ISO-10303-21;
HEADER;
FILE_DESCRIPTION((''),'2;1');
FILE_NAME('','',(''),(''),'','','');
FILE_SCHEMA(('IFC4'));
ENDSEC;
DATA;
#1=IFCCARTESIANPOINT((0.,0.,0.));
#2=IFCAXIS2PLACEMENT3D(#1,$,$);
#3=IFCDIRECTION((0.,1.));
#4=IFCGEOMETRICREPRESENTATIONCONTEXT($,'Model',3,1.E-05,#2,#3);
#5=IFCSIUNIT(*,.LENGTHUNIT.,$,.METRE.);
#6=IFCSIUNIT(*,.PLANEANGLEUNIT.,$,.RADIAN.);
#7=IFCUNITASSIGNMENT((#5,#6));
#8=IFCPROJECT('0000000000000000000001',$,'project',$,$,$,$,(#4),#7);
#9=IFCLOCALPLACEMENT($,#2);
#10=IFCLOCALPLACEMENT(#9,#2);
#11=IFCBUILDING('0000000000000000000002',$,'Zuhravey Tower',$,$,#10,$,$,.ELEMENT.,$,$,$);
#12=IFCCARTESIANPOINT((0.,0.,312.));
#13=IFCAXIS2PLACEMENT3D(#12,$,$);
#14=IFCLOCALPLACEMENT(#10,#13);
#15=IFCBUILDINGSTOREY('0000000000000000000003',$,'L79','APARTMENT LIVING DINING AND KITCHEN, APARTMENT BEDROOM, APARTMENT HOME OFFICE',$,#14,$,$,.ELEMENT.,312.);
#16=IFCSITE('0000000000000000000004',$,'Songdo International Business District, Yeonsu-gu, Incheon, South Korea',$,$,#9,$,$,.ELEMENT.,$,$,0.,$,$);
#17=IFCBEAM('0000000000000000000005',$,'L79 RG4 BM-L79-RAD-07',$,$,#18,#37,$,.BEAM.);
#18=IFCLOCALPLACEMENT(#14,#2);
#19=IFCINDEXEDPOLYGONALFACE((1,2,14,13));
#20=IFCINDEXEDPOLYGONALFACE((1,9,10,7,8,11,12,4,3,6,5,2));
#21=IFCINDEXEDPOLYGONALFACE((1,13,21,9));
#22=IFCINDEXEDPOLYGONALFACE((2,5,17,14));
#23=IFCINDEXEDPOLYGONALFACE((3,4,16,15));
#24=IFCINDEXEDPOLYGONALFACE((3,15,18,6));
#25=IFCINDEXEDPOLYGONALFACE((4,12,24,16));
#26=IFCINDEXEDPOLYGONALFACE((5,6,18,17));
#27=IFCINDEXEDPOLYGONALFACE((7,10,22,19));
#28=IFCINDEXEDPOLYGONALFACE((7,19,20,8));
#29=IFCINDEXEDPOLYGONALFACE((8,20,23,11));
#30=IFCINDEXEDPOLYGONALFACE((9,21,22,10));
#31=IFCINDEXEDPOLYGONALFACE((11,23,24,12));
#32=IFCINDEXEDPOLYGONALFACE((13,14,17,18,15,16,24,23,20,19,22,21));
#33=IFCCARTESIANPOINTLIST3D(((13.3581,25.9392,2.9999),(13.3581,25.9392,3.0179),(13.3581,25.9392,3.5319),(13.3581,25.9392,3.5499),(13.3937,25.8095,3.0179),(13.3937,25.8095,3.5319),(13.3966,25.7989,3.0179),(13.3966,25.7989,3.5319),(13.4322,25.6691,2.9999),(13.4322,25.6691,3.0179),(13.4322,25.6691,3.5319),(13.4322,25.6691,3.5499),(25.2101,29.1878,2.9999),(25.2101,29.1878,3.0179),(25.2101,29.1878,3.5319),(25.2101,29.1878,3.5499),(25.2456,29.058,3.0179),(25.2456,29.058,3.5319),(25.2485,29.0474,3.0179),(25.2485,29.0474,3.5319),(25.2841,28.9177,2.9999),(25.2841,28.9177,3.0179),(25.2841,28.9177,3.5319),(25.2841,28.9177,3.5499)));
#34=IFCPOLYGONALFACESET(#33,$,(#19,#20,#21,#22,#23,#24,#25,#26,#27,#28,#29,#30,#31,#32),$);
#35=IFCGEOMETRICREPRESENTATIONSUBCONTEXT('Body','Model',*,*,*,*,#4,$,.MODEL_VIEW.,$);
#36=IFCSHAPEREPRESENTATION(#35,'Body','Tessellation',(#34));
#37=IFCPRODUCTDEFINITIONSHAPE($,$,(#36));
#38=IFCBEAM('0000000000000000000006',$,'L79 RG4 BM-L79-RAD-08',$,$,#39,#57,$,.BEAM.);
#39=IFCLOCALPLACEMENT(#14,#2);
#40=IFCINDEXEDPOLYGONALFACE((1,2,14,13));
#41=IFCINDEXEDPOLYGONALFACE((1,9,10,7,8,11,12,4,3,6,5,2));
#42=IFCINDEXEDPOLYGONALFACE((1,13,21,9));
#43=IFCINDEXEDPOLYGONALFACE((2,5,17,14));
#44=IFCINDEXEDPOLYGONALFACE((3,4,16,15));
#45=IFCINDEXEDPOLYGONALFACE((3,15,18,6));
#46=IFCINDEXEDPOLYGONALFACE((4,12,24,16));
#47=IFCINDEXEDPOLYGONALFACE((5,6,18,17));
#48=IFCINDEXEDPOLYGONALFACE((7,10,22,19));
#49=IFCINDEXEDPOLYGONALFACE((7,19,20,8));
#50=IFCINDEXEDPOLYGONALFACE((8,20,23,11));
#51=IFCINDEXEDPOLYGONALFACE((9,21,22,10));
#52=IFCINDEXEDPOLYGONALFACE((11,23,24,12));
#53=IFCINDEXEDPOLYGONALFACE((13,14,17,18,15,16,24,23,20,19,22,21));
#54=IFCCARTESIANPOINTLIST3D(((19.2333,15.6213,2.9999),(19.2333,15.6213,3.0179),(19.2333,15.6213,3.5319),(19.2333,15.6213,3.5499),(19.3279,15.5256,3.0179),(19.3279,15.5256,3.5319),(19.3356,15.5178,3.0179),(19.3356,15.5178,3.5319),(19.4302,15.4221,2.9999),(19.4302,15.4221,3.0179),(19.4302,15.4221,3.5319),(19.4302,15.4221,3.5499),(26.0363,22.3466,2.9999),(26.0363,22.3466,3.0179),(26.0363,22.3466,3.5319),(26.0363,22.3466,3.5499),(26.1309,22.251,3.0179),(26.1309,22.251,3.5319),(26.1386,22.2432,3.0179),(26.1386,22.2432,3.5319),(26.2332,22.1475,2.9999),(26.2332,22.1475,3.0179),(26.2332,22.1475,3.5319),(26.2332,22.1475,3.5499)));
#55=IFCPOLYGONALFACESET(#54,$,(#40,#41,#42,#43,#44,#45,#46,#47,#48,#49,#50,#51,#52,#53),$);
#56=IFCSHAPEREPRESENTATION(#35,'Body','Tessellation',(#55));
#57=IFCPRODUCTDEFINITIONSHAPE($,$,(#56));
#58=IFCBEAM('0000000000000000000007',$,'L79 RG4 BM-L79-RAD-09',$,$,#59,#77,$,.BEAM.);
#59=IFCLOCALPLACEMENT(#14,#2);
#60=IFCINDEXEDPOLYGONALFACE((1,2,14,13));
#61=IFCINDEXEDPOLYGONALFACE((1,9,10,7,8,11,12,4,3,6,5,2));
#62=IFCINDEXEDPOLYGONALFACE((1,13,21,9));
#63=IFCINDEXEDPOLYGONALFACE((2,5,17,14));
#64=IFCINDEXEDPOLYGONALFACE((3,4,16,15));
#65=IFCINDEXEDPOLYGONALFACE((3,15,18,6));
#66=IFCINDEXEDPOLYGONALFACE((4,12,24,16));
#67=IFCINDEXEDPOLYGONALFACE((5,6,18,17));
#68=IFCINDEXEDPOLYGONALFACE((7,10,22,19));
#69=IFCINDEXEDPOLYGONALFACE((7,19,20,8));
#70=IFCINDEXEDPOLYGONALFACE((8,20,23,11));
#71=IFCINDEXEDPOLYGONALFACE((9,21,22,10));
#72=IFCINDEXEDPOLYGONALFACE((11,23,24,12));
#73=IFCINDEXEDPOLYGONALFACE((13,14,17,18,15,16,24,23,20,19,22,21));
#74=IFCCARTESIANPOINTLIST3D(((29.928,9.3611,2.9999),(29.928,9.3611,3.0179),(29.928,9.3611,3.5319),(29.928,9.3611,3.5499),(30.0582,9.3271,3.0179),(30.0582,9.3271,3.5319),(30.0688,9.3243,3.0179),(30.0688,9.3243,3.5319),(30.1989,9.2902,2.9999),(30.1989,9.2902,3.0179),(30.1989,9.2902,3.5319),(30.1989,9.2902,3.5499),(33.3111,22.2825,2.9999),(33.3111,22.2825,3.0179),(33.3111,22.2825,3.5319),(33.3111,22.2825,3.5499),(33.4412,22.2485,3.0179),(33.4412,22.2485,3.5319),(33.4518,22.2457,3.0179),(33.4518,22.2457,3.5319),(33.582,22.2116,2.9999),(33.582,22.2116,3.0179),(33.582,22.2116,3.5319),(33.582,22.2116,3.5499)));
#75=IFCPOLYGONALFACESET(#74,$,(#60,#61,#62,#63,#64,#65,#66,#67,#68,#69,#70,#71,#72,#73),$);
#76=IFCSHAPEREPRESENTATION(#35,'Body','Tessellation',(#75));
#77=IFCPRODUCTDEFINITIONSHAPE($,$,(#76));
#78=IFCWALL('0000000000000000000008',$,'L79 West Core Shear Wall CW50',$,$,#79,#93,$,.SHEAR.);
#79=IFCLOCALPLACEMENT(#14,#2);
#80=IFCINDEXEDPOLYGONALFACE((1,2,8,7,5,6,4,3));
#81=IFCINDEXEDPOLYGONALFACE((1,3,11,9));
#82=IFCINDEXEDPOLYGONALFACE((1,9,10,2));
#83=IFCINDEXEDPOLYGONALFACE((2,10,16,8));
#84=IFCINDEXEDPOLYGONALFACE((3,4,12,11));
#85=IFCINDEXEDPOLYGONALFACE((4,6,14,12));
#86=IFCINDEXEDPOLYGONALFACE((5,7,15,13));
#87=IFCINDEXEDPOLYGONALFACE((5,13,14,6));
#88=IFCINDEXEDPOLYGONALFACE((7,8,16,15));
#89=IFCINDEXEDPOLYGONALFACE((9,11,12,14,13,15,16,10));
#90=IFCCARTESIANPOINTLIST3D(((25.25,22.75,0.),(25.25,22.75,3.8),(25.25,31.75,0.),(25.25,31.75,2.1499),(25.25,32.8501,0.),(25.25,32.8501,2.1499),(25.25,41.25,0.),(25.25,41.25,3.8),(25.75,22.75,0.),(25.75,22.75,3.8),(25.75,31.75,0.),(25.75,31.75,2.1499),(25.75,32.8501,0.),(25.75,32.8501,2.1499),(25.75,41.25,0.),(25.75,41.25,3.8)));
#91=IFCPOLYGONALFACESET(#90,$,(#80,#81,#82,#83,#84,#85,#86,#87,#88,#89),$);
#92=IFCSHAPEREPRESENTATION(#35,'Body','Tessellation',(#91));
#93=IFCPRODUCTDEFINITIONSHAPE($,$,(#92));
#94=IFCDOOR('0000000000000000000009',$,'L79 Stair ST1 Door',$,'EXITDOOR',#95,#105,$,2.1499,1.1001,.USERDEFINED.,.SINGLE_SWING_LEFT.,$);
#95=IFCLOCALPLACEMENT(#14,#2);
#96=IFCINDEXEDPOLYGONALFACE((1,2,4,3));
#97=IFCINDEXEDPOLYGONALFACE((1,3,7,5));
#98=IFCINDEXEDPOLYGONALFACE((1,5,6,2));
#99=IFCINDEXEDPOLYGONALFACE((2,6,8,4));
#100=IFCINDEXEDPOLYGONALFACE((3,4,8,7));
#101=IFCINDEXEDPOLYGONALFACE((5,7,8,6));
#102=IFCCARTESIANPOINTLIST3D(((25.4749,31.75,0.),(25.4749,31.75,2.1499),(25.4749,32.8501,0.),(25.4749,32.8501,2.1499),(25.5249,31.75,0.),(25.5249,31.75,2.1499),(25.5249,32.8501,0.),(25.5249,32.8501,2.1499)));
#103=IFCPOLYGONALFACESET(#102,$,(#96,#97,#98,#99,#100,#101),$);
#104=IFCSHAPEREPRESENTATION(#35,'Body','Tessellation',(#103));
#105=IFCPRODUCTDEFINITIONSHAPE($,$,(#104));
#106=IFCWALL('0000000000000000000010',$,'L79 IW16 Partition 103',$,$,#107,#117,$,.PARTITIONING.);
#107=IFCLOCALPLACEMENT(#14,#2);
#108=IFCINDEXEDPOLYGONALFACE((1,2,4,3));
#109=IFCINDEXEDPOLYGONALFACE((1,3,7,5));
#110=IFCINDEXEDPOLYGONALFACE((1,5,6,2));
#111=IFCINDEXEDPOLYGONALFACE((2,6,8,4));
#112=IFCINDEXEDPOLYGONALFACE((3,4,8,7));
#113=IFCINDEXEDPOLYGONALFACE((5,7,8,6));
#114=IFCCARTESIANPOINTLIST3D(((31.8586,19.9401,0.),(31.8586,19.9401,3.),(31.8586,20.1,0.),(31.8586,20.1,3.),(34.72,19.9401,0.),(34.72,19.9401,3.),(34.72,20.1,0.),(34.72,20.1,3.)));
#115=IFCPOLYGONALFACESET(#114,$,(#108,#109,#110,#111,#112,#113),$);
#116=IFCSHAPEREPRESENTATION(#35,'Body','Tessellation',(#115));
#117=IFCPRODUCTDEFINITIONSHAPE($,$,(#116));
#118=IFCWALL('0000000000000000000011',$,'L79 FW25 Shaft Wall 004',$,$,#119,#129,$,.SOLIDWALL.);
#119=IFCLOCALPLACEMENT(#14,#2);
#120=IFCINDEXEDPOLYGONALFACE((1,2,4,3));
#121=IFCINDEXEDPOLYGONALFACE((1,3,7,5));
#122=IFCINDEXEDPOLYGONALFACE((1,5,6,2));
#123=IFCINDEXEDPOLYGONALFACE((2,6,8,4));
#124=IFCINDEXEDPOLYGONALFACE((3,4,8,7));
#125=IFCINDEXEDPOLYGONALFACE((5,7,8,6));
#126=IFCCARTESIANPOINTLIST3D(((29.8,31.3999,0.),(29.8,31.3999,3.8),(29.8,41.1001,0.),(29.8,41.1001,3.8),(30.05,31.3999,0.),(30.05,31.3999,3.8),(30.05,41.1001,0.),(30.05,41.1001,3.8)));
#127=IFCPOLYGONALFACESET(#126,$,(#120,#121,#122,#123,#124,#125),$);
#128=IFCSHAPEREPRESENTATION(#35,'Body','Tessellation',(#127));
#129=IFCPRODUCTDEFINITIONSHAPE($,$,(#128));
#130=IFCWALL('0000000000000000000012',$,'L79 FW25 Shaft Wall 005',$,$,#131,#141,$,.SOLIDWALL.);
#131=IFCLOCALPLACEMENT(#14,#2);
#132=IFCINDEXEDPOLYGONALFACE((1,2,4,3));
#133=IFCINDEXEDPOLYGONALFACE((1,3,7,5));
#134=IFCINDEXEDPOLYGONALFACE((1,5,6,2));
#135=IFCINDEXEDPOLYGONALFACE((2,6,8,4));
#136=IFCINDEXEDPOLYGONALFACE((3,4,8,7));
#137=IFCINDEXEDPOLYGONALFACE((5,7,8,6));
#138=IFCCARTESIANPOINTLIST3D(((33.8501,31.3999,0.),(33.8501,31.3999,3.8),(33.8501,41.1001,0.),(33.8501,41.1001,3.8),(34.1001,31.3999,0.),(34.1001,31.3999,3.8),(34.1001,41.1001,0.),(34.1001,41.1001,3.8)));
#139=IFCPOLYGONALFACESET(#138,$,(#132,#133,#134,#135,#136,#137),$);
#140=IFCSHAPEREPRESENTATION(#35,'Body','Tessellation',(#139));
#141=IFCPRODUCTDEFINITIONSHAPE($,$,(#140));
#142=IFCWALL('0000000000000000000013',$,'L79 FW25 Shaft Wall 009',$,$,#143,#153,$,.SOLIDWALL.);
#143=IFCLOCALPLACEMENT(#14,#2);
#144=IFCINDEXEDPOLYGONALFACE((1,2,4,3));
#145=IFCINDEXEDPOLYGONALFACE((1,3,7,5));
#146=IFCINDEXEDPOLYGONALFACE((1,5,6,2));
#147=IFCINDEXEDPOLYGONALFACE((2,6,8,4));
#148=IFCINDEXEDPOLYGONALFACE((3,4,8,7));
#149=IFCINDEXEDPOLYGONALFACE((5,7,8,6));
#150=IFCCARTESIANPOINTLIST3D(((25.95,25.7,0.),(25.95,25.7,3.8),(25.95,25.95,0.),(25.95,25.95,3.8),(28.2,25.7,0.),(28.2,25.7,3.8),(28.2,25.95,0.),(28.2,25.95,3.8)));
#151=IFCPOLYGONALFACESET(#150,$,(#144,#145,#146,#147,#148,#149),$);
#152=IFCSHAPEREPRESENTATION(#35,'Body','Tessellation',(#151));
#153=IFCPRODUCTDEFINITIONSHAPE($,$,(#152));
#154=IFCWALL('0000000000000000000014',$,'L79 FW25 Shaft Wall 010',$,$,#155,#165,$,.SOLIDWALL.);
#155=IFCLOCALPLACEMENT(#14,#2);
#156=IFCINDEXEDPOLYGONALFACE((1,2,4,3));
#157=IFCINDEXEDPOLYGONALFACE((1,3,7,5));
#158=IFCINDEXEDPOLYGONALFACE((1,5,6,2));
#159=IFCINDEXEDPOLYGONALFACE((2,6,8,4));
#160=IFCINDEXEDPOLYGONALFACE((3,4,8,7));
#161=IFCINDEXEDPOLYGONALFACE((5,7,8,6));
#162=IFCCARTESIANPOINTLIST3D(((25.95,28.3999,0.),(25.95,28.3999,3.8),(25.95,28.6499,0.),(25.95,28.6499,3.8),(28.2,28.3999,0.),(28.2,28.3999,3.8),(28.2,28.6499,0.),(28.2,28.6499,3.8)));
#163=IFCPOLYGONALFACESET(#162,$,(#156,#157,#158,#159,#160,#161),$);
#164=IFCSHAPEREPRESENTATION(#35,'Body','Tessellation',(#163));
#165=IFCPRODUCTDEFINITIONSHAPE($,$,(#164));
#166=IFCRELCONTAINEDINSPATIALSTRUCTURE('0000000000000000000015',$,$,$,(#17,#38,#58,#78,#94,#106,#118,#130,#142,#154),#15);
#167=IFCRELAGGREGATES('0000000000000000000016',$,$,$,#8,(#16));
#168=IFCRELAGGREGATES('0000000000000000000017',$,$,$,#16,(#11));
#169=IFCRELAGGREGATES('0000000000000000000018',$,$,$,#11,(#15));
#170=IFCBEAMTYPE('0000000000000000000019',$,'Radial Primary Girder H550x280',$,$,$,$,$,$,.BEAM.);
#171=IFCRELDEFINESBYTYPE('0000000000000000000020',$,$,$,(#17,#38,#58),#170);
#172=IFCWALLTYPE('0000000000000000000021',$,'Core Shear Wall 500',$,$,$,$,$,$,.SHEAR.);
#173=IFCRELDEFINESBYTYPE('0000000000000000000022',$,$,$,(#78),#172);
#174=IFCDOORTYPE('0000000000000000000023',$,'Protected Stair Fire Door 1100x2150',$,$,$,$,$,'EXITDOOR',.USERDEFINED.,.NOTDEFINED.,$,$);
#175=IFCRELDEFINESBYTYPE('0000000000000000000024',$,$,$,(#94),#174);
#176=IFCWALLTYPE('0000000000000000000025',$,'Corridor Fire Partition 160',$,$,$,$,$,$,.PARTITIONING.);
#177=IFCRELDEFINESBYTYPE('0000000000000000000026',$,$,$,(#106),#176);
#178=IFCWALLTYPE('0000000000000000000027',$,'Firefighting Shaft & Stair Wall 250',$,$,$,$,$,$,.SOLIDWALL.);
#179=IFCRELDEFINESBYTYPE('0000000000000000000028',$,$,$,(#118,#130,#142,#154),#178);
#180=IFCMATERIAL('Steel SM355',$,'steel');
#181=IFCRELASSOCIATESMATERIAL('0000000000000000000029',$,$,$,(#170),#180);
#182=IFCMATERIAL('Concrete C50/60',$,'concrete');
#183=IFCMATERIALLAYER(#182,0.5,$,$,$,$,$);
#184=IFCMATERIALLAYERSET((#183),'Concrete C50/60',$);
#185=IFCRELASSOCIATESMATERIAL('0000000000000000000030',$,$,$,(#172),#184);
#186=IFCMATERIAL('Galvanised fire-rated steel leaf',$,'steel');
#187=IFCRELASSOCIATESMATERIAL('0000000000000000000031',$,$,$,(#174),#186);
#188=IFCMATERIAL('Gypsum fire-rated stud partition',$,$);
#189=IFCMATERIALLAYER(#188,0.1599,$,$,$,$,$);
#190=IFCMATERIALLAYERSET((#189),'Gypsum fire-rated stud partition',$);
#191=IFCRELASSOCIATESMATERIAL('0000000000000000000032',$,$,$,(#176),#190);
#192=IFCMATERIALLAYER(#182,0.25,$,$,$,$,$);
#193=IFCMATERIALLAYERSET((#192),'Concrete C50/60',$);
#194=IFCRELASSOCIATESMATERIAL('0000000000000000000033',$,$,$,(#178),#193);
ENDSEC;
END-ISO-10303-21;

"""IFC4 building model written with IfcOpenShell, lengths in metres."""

from ifc_helpers import new_model, si_unit, direction, frame, frame_2d, origin, origin_2d, place, context, subcontext, project, spatial, rectangle, i_section, extrude, material, layer, layer_set, material_profile, profile_set, type_object, element, fill, save


model = new_model("IFC4")

# Units and contexts
model_context = context("Model", 3, precision=1e-05, world=origin(), true_north=direction((0.0, 1.0)))
body_context = subcontext(model_context, "Body", "Model", "MODEL_VIEW")
ifc_project = project(units=[si_unit("LENGTHUNIT", "METRE"), si_unit("PLANEANGLEUNIT", "RADIAN")], contexts=[model_context])

# Site, building, storey
site_placement = place(None, origin())
site = spatial("IfcSite", under=ifc_project, at=site_placement, Name="Songdo International Business District, Yeonsu-gu, Incheon, South Korea", CompositionType="ELEMENT", RefElevation=0.0)
building_placement = place(site_placement, origin())
building = spatial("IfcBuilding", under=site, at=building_placement, Name="Zuhravey Tower", CompositionType="ELEMENT")
storey_placement = place(building_placement, frame((0.0, 0.0, 312.0)))
storey = spatial("IfcBuildingStorey", under=building, at=storey_placement, Name="L79", Description="APARTMENT LIVING DINING AND KITCHEN, APARTMENT BEDROOM, APARTMENT HOME OFFICE", CompositionType="ELEMENT", Elevation=312.0)

# Beams
ifc_material_1 = material(Name="Steel SM355", Category="steel")
ifc_material_profile = material_profile(ifc_material_1, i_section(OverallWidth=0.28, OverallDepth=0.55, WebThickness=0.011, FlangeThickness=0.0181, at=origin_2d()), Name="H-550x280x11x18")
ifc_profile_set = profile_set([ifc_material_profile], Name="Steel SM355")
beam_type = type_object("IfcBeamType", Name="Radial Primary Girder H550x280", PredefinedType="BEAM", material=ifc_profile_set)
beam_1_placement = place(storey_placement, frame((25.2471, 29.0527, 3.2749), z_axis=(-0.964428, -0.264346, 0.0), x_axis=(0.264346, -0.964428, 0.0)))
element("IfcBeam", 1, at=beam_1_placement, inside=storey, type_object=beam_type, Name="L79 RG4 BM-L79-RAD-07", PredefinedType="BEAM", context=body_context, shape_type="SweptSolid", body=[
    extrude(i_section(OverallWidth=0.28, OverallDepth=0.55, WebThickness=0.011, FlangeThickness=0.0181, at=origin_2d()), origin(), (0.0, 0.0, 1.0), 12.2891),
])
beam_2_placement = place(storey_placement, frame((26.1348, 22.2471, 3.2749), z_axis=(-0.711153, -0.703037, 0.0), x_axis=(0.703037, -0.711153, 0.0)))
element("IfcBeam", 2, at=beam_2_placement, inside=storey, type_object=beam_type, Name="L79 RG4 BM-L79-RAD-08", PredefinedType="BEAM", context=body_context, shape_type="SweptSolid", body=[
    extrude(i_section(OverallWidth=0.28, OverallDepth=0.55, WebThickness=0.011, FlangeThickness=0.0181, at=origin_2d()), origin(), (0.0, 0.0, 1.0), 9.5662),
])
beam_3_placement = place(storey_placement, frame((33.4465, 22.2471, 3.2749), z_axis=(-0.253281, -0.967393, 0.0), x_axis=(0.967393, -0.253281, 0.0)))
element("IfcBeam", 3, at=beam_3_placement, inside=storey, type_object=beam_type, Name="L79 RG4 BM-L79-RAD-09", PredefinedType="BEAM", context=body_context, shape_type="SweptSolid", body=[
    extrude(i_section(OverallWidth=0.28, OverallDepth=0.55, WebThickness=0.011, FlangeThickness=0.0181, at=origin_2d()), origin(), (0.0, 0.0, 1.0), 13.3569),
])

# Wall, opening, door
ifc_material_2 = material(Name="Concrete C50/60", Category="concrete")
ifc_layer_1 = layer(ifc_material_2, 0.5)
ifc_layer_set_1 = layer_set([ifc_layer_1], Name="Concrete C50/60")
wall_type_1 = type_object("IfcWallType", Name="Core Shear Wall 500", PredefinedType="SHEAR", material=ifc_layer_set_1)
ifc_material_3 = material(Name="Galvanised fire-rated steel leaf", Category="steel")
wall_1_placement = place(storey_placement, frame((25.5, 22.75, 0.0), z_axis=(0.0, 0.0, 1.0), x_axis=(0.0, 1.0, 0.0)))
wall_1 = element("IfcWall", 4, at=wall_1_placement, inside=storey, type_object=wall_type_1, Name="L79 West Core Shear Wall CW50", PredefinedType="SHEAR", context=body_context, shape_type="SweptSolid", body=[
    extrude(rectangle(XDim=18.5, YDim=0.5, at=frame_2d((9.25, 0.0))), origin(), (0.0, 0.0, 1.0), 3.8),
])
opening_1_placement = place(wall_1_placement, frame((9.0, 0.0, 0.0)))
opening_1 = element("IfcOpeningElement", 5, at=opening_1_placement, cuts=wall_1, PredefinedType="OPENING", context=body_context, shape_type="SweptSolid", body=[
    extrude(rectangle(XDim=1.1001, YDim=2.1499, at=frame_2d((0.55, 1.075))), frame((0.0, 0.262, 0.0), z_axis=(0.0, -1.0, 0.0), x_axis=(1.0, 0.0, 0.0)), (0.0, 0.0, 1.0), 0.5239),
])
door_type_1 = type_object("IfcDoorType", Name="Protected Stair Fire Door 1100x2150", ElementType="EXITDOOR", OperationType="NOTDEFINED", PredefinedType="USERDEFINED", material=ifc_material_3)
door_1_placement = place(opening_1_placement, frame((1.1001, 0.0, 0.0), z_axis=(0.0, 0.0, 1.0), x_axis=(-1.0, 0.0, 0.0)))
door_1 = element("IfcDoor", 6, at=door_1_placement, inside=storey, type_object=door_type_1, Name="L79 Stair ST1 Door", ObjectType="EXITDOOR", OperationType="SINGLE_SWING_LEFT", OverallHeight=2.1499, OverallWidth=1.1001, PredefinedType="USERDEFINED", context=body_context, shape_type="SweptSolid", body=[
    extrude(rectangle(XDim=1.1001, YDim=2.1499, at=frame_2d((0.55, 1.075))), frame((0.0, 0.0249, 0.0), z_axis=(0.0, -1.0, 0.0), x_axis=(1.0, 0.0, 0.0)), (0.0, 0.0, 1.0), 0.05),
])
fill(opening_1, door_1)
ifc_material_4 = material(Name="Gypsum fire-rated stud partition")
ifc_layer_2 = layer(ifc_material_4, 0.1599)
ifc_layer_set_2 = layer_set([ifc_layer_2], Name="Gypsum fire-rated stud partition")
wall_type_2 = type_object("IfcWallType", Name="Corridor Fire Partition 160", PredefinedType="PARTITIONING", material=ifc_layer_set_2)

# Wall
wall_2_placement = place(storey_placement, frame((31.8586, 20.02, 0.0), z_axis=(0.0, 0.0, 1.0), x_axis=(1.0, 0.0, 0.0)))
element("IfcWall", 7, at=wall_2_placement, inside=storey, type_object=wall_type_2, Name="L79 IW16 Partition 103", PredefinedType="PARTITIONING", context=body_context, shape_type="SweptSolid", body=[
    extrude(rectangle(XDim=2.8613, YDim=0.1599, at=frame_2d((1.4307, 0.0))), origin(), (0.0, 0.0, 1.0), 3.0),
])

# Shared definitions
ifc_layer_3 = layer(ifc_material_2, 0.25)
ifc_layer_set_3 = layer_set([ifc_layer_3], Name="Concrete C50/60")
wall_type_3 = type_object("IfcWallType", Name="Firefighting Shaft & Stair Wall 250", PredefinedType="SOLIDWALL", material=ifc_layer_set_3)

# Walls
for number, where, z_axis, x_axis, name in (
    (8, (29.925, 31.3999, 0.0), (0.0, 0.0, 1.0), (0.0, 1.0, 0.0), "L79 FW25 Shaft Wall 004"),
    (9, (33.9751, 31.3999, 0.0), (0.0, 0.0, 1.0), (0.0, 1.0, 0.0), "L79 FW25 Shaft Wall 005"),
):
    element("IfcWall", number, at=place(storey_placement, frame(where, z_axis=z_axis, x_axis=x_axis)), inside=storey, type_object=wall_type_3, Name=name, PredefinedType="SOLIDWALL", context=body_context, shape_type="SweptSolid", body=[
        extrude(rectangle(XDim=9.7002, YDim=0.25, at=frame_2d((4.8501, 0.0))), origin(), (0.0, 0.0, 1.0), 3.8),
    ])
for number, where, z_axis, x_axis, name in (
    (10, (25.95, 25.825, 0.0), (0.0, 0.0, 1.0), (1.0, 0.0, 0.0), "L79 FW25 Shaft Wall 009"),
    (11, (25.95, 28.5249, 0.0), (0.0, 0.0, 1.0), (1.0, 0.0, 0.0), "L79 FW25 Shaft Wall 010"),
):
    element("IfcWall", number, at=place(storey_placement, frame(where, z_axis=z_axis, x_axis=x_axis)), inside=storey, type_object=wall_type_3, Name=name, PredefinedType="SOLIDWALL", context=body_context, shape_type="SweptSolid", body=[
        extrude(rectangle(XDim=2.25, YDim=0.25, at=frame_2d((1.125, 0.0))), origin(), (0.0, 0.0, 1.0), 3.8),
    ])

save(model, "model.ifc")
